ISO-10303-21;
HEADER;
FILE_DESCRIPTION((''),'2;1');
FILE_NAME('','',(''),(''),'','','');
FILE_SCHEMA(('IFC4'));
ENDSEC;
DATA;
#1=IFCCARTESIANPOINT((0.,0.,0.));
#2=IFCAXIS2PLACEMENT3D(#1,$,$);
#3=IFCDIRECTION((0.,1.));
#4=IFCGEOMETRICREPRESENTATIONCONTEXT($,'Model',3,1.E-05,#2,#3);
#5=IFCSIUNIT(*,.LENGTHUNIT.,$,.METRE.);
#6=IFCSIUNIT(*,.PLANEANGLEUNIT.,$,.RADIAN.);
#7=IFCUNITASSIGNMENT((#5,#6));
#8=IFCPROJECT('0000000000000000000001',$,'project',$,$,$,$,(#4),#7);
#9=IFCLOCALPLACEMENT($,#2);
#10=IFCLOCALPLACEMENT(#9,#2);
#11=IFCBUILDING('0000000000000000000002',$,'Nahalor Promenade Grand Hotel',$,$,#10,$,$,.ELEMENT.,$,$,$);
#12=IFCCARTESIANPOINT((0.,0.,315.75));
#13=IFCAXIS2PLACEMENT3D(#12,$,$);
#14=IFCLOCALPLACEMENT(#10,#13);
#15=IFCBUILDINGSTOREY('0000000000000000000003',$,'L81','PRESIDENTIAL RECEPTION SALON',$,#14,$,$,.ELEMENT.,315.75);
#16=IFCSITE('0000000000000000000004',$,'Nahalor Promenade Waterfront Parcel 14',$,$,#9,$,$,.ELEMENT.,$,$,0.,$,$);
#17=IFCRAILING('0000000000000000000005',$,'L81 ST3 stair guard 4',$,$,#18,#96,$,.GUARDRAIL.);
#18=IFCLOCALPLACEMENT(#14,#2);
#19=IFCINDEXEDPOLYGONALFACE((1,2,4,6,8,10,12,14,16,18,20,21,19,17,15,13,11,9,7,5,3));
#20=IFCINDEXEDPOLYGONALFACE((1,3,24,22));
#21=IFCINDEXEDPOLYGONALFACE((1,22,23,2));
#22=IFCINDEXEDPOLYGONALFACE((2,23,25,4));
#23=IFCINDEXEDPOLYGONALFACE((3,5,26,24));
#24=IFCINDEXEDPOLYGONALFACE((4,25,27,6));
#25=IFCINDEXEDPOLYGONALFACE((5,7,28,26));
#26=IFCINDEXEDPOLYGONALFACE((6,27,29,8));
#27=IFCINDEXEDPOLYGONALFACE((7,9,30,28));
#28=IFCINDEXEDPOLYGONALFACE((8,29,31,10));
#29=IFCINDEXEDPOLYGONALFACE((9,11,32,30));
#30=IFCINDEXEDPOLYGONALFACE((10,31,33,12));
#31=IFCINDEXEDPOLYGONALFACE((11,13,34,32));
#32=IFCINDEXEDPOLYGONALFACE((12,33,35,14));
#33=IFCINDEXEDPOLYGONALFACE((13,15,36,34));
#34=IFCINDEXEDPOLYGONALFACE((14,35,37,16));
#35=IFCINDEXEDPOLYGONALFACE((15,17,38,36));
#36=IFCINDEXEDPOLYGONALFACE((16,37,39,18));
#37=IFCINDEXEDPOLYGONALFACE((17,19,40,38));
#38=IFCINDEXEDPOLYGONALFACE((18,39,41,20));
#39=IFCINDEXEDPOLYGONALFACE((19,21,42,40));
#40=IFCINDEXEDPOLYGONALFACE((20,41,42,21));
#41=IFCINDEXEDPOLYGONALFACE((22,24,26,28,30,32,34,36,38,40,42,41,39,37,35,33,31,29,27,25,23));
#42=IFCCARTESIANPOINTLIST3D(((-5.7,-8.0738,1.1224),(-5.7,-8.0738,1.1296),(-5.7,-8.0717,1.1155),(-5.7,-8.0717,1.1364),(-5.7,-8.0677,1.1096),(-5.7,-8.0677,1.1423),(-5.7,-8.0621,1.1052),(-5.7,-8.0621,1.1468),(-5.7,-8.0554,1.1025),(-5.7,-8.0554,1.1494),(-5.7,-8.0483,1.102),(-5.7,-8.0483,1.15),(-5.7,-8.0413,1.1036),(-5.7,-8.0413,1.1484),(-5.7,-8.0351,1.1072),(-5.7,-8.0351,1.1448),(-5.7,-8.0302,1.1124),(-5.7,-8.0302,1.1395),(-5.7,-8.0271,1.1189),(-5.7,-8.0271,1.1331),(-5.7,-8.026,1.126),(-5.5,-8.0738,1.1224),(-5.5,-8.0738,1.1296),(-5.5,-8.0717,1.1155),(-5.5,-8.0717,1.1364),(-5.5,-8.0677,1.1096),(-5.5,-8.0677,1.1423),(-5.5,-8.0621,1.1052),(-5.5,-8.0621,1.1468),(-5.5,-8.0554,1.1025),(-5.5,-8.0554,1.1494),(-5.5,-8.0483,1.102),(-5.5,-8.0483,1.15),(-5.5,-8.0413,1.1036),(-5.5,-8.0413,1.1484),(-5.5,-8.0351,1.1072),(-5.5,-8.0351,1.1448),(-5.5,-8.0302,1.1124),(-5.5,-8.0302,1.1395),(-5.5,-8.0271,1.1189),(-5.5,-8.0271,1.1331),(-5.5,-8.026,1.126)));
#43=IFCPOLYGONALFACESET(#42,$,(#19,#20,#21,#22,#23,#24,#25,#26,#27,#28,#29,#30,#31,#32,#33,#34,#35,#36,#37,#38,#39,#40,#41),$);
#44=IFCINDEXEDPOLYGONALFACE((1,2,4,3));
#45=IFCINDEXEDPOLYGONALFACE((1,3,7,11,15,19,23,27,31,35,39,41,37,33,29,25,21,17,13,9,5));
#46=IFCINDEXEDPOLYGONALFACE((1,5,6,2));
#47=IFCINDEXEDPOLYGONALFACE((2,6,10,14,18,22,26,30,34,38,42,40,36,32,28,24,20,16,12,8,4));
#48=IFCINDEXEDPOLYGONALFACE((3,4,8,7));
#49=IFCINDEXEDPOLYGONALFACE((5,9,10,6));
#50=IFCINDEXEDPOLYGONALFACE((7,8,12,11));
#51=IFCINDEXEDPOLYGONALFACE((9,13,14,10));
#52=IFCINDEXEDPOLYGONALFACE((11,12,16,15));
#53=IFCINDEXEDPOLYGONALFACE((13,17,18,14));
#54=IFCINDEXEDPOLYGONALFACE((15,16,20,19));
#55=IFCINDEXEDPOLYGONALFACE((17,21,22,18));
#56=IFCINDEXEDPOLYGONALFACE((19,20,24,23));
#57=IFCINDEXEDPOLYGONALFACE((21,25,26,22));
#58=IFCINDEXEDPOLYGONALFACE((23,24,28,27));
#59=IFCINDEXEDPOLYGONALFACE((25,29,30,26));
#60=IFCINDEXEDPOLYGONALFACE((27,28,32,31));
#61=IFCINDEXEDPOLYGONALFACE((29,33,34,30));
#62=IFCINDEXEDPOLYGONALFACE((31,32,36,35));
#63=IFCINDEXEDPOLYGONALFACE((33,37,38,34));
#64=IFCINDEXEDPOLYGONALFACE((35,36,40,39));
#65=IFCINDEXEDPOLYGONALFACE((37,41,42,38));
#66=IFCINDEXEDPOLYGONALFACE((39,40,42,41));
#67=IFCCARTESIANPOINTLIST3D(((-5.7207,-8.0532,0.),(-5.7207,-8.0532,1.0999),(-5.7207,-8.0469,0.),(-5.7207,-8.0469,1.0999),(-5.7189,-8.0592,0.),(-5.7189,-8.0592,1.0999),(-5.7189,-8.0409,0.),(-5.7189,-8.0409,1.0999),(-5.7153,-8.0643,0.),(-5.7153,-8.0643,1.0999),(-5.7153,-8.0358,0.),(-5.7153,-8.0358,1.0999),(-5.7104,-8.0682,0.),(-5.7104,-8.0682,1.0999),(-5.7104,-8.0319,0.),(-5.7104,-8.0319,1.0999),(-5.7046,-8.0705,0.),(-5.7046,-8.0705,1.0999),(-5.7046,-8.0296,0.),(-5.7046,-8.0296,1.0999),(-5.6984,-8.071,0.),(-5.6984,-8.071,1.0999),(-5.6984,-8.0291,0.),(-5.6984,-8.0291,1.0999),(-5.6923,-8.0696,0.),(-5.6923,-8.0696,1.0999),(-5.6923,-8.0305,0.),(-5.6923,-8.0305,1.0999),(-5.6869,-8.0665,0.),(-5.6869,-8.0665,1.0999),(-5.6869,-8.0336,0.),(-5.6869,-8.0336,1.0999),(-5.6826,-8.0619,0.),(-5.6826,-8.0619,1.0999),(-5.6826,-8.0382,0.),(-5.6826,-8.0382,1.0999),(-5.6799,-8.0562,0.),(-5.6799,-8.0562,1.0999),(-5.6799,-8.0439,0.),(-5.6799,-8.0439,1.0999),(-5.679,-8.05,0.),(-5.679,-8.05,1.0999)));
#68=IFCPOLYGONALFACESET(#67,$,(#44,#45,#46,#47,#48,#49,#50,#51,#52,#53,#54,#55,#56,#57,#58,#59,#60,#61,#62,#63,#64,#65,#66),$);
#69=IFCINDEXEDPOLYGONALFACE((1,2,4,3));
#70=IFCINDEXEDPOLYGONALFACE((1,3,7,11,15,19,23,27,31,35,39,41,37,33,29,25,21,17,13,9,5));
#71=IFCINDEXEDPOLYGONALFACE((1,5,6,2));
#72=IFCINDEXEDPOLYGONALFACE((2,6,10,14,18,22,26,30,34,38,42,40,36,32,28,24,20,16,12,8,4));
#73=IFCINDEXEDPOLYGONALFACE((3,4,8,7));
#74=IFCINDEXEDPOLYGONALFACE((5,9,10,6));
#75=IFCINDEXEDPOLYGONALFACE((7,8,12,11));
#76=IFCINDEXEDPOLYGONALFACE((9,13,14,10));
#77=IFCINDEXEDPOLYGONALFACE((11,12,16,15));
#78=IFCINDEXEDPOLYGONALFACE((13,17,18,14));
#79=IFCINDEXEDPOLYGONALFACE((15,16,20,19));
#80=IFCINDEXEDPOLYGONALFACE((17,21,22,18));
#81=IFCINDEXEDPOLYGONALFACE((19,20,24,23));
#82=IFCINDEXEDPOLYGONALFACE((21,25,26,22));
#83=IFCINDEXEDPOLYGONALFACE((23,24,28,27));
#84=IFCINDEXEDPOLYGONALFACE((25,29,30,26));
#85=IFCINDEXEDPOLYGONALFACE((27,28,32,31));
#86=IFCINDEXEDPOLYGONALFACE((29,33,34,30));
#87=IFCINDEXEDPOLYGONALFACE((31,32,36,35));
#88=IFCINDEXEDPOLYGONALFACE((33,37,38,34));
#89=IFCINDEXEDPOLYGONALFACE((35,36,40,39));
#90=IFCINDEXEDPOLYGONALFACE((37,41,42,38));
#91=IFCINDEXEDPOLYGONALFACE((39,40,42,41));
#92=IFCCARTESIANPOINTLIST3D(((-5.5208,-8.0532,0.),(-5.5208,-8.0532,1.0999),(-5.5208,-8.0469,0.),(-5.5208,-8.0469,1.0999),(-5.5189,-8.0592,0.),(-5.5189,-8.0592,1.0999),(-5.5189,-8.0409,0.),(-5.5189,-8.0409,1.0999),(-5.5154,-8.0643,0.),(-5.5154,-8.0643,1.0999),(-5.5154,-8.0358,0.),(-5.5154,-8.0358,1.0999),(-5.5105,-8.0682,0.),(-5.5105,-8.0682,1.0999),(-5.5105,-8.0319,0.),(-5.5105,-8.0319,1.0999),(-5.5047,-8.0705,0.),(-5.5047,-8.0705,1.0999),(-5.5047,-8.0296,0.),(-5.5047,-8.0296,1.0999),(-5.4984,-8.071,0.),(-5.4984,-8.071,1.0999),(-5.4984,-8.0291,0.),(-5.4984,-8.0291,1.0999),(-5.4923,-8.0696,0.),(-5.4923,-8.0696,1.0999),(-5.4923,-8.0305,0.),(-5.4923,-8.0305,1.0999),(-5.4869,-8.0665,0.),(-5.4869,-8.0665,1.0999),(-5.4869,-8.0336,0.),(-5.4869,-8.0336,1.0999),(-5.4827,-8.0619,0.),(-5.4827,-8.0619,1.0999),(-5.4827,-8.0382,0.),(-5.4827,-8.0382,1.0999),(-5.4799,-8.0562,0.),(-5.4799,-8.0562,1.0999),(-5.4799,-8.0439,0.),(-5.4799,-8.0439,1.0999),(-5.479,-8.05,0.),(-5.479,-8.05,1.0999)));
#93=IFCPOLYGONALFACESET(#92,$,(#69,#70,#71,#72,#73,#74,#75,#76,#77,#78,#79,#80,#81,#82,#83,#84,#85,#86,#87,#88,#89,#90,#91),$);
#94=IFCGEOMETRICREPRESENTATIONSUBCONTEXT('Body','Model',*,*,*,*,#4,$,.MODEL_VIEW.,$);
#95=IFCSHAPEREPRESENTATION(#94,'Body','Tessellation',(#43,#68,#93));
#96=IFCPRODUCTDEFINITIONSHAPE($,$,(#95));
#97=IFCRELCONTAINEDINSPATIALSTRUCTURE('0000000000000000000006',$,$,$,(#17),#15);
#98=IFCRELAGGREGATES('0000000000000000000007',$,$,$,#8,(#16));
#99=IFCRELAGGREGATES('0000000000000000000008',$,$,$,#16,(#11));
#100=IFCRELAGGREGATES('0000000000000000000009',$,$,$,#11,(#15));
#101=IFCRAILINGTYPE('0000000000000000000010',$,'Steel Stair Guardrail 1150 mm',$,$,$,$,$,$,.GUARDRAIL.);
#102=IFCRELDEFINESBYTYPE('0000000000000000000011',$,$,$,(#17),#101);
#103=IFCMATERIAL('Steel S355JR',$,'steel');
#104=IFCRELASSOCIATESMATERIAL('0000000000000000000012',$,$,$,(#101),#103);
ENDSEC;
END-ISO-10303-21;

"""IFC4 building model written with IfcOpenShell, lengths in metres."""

from ifc_helpers import new_model, si_unit, direction, frame, origin, origin_2d, place, context, subcontext, project, spatial, circle, extrude, material, type_object, element, save


model = new_model("IFC4")

# Units and contexts
model_context = context("Model", 3, precision=1e-05, world=origin(), true_north=direction((0.0, 1.0)))
body_context = subcontext(model_context, "Body", "Model", "MODEL_VIEW")
ifc_project = project(units=[si_unit("LENGTHUNIT", "METRE"), si_unit("PLANEANGLEUNIT", "RADIAN")], contexts=[model_context])

# Site, building, storey
site_placement = place(None, origin())
site = spatial("IfcSite", under=ifc_project, at=site_placement, Name="Nahalor Promenade Waterfront Parcel 14", CompositionType="ELEMENT", RefElevation=0.0)
building_placement = place(site_placement, origin())
building = spatial("IfcBuilding", under=site, at=building_placement, Name="Nahalor Promenade Grand Hotel", CompositionType="ELEMENT")
storey_placement = place(building_placement, frame((0.0, 0.0, 315.75)))
storey = spatial("IfcBuildingStorey", under=building, at=storey_placement, Name="L81", Description="PRESIDENTIAL RECEPTION SALON", CompositionType="ELEMENT", Elevation=315.75)

# Shared definitions
ifc_material_1 = material(Name="Steel S355JR", Category="steel")

# Railing
railing_type_1 = type_object("IfcRailingType", Name="Steel Stair Guardrail 1150 mm", PredefinedType="GUARDRAIL", material=ifc_material_1)
railing_1_placement = place(storey_placement, frame((-5.7, -8.05, 0.0)))
element("IfcRailing", 1, at=railing_1_placement, inside=storey, type_object=railing_type_1, Name="L81 ST3 stair guard 4", PredefinedType="GUARDRAIL", context=body_context, shape_type="SweptSolid", body=[
    extrude(circle(Radius=0.024, at=origin_2d()), frame((0.0, 0.0, 1.126), z_axis=(1.0, 0.0, 0.0), x_axis=(0.0, 1.0, 0.0)), (0.0, 0.0, 1.0), 0.2),
    extrude(circle(Radius=0.021, at=origin_2d()), origin(), (0.0, 0.0, 1.0), 1.0999),
    extrude(circle(Radius=0.021, at=origin_2d()), frame((0.2, 0.0, 0.0)), (0.0, 0.0, 1.0), 1.0999),
])

save(model, "model.ifc")
